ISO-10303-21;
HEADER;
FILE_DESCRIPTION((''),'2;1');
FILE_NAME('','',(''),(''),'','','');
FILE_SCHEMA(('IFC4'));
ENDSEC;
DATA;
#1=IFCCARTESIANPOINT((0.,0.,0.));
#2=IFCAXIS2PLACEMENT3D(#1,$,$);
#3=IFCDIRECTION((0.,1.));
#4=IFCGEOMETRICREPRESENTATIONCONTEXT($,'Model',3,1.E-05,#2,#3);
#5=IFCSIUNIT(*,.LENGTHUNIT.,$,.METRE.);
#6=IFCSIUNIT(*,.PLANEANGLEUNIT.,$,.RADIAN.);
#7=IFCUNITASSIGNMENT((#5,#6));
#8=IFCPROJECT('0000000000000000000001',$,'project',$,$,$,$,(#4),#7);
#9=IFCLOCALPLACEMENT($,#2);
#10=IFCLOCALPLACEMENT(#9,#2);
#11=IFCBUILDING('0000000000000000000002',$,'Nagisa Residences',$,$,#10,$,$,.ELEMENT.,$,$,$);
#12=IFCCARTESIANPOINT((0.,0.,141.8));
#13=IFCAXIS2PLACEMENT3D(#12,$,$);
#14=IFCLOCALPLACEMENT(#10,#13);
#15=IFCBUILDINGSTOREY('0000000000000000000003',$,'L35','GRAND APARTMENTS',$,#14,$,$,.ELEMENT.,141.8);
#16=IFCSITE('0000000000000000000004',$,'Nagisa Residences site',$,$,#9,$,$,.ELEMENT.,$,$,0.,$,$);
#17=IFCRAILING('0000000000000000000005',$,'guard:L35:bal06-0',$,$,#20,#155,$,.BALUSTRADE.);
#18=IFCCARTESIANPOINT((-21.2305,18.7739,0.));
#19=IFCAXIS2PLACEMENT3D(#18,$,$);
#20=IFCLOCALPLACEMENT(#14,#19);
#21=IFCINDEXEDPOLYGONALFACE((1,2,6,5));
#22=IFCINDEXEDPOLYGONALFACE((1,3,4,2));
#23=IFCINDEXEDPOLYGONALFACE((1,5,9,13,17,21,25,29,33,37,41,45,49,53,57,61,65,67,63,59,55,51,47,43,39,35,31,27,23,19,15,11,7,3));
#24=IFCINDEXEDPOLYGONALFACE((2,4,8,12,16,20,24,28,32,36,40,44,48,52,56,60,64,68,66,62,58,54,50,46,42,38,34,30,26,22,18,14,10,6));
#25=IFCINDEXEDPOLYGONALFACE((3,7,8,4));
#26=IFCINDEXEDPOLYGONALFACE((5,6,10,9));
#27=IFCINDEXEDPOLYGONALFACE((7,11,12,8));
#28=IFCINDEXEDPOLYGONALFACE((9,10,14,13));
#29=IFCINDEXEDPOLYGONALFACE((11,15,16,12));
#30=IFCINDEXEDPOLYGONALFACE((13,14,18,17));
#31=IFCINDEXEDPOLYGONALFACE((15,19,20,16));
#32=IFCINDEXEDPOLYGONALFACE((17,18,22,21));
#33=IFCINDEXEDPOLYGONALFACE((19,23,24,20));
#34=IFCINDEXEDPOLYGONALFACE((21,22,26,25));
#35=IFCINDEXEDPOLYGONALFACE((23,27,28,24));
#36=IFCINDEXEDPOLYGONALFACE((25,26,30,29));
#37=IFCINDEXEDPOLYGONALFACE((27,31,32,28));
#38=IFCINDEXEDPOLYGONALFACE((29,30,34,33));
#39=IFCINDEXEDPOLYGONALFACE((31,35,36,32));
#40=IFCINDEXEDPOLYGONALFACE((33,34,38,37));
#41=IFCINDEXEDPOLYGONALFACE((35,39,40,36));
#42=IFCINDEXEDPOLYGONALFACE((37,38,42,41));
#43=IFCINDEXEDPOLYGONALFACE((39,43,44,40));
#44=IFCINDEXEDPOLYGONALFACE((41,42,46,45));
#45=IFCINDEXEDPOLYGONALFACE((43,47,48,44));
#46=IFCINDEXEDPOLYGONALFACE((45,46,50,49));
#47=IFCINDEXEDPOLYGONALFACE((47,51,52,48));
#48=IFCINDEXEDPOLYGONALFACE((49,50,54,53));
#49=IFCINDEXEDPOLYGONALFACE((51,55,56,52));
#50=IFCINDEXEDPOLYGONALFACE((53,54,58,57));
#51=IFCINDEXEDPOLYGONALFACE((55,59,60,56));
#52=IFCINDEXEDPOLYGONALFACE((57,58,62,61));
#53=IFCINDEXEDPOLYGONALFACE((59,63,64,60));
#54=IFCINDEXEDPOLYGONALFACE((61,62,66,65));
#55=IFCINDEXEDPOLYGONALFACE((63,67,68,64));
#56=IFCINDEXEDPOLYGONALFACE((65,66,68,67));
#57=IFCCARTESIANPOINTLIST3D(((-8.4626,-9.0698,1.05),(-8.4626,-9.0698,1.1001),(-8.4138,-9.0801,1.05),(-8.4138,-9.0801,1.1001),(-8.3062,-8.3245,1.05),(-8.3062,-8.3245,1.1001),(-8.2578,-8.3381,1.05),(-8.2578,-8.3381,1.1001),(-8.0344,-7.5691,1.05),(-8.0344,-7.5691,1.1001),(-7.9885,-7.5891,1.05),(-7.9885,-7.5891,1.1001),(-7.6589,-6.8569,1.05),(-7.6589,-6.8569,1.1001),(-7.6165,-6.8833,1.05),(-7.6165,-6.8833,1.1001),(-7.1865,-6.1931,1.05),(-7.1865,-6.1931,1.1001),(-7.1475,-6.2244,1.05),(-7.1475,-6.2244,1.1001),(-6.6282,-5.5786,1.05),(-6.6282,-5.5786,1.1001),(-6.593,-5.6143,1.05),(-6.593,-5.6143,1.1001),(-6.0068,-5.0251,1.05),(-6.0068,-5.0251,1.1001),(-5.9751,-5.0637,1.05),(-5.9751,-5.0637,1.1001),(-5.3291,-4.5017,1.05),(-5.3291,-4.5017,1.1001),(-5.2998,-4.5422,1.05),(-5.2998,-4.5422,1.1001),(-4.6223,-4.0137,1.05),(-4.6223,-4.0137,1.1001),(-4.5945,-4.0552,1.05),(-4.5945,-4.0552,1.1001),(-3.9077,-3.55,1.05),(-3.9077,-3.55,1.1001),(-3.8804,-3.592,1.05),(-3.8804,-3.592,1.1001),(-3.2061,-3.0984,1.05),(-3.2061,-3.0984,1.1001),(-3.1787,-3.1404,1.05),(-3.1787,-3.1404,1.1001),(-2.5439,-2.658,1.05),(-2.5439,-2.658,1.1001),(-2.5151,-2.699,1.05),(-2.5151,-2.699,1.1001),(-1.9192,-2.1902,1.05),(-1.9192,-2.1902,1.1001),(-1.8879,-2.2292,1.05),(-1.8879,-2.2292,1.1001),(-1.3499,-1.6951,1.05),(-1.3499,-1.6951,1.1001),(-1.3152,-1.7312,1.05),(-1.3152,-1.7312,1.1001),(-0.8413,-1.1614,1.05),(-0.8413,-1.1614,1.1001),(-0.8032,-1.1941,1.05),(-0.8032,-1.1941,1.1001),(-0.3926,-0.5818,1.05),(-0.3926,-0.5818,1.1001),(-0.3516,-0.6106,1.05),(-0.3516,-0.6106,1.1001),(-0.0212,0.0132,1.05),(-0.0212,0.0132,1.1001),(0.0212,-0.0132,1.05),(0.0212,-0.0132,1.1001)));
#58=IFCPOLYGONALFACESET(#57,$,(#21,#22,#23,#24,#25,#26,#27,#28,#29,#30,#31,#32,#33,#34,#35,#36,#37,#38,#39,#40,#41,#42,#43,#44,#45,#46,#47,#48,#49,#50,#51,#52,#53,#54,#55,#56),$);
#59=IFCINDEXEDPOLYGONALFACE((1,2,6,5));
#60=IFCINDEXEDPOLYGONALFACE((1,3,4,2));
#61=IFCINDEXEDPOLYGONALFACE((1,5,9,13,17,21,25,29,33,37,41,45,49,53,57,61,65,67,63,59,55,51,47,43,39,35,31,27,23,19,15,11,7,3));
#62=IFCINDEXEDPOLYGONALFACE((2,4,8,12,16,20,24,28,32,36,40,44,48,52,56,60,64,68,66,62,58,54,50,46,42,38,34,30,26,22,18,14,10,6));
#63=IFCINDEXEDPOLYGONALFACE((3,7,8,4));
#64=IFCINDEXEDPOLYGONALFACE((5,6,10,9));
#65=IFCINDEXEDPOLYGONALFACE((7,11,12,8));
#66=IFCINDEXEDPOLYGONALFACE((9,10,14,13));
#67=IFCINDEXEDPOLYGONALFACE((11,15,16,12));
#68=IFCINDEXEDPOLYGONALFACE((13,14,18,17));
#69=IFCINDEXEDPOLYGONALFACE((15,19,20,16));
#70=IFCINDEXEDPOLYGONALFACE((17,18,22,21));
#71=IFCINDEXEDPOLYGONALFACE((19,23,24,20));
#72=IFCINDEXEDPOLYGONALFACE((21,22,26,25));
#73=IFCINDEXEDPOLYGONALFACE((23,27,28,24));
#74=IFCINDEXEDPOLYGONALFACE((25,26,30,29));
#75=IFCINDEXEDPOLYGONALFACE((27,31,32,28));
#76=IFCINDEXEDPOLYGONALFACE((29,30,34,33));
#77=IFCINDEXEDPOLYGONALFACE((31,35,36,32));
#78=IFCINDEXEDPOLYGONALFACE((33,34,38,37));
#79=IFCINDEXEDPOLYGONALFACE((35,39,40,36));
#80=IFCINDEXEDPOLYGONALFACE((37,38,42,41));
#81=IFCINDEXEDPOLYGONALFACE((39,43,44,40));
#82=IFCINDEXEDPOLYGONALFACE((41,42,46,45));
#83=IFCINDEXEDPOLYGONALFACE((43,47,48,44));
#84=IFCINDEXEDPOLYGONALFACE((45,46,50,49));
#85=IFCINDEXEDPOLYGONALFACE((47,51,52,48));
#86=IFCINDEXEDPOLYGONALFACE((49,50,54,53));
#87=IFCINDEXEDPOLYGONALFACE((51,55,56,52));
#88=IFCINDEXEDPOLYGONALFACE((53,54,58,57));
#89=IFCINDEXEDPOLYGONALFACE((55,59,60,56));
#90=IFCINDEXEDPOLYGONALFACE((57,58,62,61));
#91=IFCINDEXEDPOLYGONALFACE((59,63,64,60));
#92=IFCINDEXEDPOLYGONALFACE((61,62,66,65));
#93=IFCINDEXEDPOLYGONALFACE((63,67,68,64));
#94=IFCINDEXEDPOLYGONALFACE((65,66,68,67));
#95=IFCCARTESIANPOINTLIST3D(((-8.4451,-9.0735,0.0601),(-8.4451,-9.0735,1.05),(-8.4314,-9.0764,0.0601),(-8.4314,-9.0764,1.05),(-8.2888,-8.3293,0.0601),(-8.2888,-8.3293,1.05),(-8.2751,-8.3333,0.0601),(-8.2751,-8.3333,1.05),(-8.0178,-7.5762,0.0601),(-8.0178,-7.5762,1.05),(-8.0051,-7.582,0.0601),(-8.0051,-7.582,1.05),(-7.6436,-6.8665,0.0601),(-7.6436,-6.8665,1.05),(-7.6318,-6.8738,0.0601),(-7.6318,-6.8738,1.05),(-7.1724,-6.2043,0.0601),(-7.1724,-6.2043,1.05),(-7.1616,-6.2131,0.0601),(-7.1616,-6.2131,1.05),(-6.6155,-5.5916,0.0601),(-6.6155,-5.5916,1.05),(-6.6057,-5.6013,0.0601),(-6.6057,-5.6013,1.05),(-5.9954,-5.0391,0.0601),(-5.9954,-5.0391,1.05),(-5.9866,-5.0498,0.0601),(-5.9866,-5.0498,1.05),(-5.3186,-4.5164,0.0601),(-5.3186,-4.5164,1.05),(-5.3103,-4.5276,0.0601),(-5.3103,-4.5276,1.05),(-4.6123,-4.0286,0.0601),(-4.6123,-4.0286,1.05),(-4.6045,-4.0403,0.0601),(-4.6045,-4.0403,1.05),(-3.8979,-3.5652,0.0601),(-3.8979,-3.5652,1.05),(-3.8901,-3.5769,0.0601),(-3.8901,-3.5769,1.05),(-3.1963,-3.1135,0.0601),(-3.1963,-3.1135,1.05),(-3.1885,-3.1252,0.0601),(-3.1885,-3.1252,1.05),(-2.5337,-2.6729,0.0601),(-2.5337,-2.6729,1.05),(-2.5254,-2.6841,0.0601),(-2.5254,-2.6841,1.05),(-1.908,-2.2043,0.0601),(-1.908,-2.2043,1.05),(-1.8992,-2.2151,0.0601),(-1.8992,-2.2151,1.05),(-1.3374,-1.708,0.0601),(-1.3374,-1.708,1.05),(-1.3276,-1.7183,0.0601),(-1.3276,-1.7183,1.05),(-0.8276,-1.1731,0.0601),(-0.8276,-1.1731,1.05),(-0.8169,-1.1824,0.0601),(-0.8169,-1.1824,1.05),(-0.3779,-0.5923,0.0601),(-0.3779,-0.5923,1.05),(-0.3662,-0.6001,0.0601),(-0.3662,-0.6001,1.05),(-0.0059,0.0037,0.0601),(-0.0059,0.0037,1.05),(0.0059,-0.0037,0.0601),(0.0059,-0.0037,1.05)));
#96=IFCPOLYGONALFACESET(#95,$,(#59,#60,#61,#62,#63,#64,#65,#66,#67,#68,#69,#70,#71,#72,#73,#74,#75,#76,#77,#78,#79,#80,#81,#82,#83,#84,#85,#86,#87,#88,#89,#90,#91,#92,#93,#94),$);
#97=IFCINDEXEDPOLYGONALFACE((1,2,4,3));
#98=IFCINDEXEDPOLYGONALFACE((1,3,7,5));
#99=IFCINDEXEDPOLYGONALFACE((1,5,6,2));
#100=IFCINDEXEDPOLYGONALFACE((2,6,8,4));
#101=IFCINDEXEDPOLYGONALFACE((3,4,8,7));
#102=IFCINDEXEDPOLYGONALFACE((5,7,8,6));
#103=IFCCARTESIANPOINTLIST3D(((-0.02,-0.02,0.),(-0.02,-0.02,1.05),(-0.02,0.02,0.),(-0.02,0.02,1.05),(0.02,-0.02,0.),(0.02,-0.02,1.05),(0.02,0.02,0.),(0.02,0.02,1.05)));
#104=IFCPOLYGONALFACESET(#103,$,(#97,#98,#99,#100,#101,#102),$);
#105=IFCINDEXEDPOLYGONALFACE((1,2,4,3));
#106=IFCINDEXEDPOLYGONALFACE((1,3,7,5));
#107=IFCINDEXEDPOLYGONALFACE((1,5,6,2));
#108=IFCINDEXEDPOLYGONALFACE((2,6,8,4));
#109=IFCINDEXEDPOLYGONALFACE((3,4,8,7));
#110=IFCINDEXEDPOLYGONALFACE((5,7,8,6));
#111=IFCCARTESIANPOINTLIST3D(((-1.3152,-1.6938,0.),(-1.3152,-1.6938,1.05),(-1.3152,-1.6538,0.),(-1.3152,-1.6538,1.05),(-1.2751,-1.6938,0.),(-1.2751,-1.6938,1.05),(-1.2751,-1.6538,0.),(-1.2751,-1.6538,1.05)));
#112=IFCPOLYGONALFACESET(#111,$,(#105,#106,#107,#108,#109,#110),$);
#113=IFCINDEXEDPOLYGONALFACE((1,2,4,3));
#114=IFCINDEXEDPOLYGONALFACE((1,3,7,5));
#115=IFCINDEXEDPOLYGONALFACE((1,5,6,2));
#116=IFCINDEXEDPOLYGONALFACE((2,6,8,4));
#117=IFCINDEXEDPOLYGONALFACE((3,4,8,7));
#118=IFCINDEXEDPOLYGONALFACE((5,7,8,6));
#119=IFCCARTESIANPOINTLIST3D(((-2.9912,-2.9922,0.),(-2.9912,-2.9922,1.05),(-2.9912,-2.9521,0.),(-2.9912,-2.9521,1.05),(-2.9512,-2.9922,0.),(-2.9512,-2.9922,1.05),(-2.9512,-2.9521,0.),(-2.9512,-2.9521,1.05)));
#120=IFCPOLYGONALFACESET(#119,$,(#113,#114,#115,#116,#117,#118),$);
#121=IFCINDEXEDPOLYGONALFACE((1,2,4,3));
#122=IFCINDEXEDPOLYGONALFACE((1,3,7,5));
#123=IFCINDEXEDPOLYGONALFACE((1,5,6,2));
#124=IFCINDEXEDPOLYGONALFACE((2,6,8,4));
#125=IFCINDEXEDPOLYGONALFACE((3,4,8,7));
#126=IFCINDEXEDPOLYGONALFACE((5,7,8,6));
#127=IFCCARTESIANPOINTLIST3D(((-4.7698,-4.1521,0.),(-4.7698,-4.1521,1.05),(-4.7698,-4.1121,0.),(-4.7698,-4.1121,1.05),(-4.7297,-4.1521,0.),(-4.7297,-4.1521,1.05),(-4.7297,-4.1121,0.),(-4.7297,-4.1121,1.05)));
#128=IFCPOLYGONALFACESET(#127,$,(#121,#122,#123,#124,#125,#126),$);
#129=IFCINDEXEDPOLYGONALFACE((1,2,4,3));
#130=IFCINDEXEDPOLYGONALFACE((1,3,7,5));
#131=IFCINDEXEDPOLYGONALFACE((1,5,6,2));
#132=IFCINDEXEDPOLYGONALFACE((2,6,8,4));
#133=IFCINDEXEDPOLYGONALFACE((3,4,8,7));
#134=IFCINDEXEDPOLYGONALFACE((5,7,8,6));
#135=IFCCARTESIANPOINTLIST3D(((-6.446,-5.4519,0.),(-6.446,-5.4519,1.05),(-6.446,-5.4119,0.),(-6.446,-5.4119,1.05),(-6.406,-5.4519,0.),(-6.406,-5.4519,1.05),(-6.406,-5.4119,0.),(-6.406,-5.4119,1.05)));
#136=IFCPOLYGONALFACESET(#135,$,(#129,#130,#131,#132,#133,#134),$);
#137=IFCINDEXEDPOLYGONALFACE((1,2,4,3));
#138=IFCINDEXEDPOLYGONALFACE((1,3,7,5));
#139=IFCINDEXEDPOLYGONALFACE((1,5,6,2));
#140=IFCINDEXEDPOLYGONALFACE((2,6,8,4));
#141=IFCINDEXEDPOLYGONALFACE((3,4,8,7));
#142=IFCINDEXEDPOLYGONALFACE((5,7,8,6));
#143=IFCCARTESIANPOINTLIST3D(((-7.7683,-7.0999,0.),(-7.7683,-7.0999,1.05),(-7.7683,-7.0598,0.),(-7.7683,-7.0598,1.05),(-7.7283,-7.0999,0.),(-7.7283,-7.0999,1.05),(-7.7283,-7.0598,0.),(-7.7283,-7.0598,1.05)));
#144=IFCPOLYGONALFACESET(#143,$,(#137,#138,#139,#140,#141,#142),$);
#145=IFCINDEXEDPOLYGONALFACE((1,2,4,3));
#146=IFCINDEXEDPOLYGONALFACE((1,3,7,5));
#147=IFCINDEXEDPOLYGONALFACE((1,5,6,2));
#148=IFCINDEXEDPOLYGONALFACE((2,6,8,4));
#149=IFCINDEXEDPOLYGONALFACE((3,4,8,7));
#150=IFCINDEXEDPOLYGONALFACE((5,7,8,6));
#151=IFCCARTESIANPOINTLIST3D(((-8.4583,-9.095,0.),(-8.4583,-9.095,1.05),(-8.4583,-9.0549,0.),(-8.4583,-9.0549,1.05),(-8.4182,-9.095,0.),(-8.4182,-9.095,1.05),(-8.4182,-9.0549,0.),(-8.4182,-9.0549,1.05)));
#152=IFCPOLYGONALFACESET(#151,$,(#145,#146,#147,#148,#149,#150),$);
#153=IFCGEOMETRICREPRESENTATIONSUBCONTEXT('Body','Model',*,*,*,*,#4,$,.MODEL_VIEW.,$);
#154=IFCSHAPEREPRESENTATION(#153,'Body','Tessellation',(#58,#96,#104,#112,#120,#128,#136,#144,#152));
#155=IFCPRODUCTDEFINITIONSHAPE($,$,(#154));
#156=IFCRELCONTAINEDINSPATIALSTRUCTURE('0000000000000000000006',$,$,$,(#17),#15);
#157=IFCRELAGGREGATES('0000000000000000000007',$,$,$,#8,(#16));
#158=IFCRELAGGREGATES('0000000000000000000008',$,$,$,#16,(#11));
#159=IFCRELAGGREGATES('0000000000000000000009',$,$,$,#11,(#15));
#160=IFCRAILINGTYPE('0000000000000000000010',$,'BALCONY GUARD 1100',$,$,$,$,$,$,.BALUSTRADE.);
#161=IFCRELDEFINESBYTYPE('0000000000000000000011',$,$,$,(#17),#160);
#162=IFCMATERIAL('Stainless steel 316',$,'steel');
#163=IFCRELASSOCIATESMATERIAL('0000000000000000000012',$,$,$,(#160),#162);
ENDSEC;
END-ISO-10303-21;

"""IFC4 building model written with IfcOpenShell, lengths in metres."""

from ifc_helpers import new_model, si_unit, direction, frame, origin, origin_2d, place, context, subcontext, project, spatial, polyline, rectangle, outline, extrude, material, type_object, element, save


model = new_model("IFC4")

# Units and contexts
model_context = context("Model", 3, precision=1e-05, world=origin(), true_north=direction((0.0, 1.0)))
body_context = subcontext(model_context, "Body", "Model", "MODEL_VIEW")
ifc_project = project(units=[si_unit("LENGTHUNIT", "METRE"), si_unit("PLANEANGLEUNIT", "RADIAN")], contexts=[model_context])

# Site, building, storey
site_placement = place(None, origin())
site = spatial("IfcSite", under=ifc_project, at=site_placement, Name="Nagisa Residences site", CompositionType="ELEMENT", RefElevation=0.0)
building_placement = place(site_placement, origin())
building = spatial("IfcBuilding", under=site, at=building_placement, Name="Nagisa Residences", CompositionType="ELEMENT")
storey_placement = place(building_placement, frame((0.0, 0.0, 141.8)))
storey = spatial("IfcBuildingStorey", under=building, at=storey_placement, Name="L35", Description="GRAND APARTMENTS", CompositionType="ELEMENT", Elevation=141.8)

# Railing
ifc_material_1 = material(Name="Stainless steel 316", Category="steel")
railing_type = type_object("IfcRailingType", Name="BALCONY GUARD 1100", PredefinedType="BALUSTRADE", material=ifc_material_1)
railing_1_placement = place(storey_placement, frame((-21.2305, 18.7739, 0.0)))
element("IfcRailing", 1, at=railing_1_placement, inside=storey, type_object=railing_type, Name="guard:L35:bal06-0", PredefinedType="BALUSTRADE", context=body_context, shape_type="SweptSolid", body=[
    extrude(outline(polyline([(-0.3516, -0.6106), (0.0212, -0.0132), (-0.0212, 0.0132), (-0.3926, -0.5818), (-0.8413, -1.1614), (-1.3499, -1.6951), (-1.9192, -2.1902), (-2.5439, -2.658), (-3.2061, -3.0984), (-3.9077, -3.55), (-4.6223, -4.0137), (-5.3291, -4.5017), (-6.0068, -5.0251), (-6.6282, -5.5786), (-7.1865, -6.1931), (-7.6589, -6.8569), (-8.0344, -7.5691), (-8.3062, -8.3245), (-8.4626, -9.0698), (-8.4138, -9.0801), (-8.2578, -8.3381), (-7.9885, -7.5891), (-7.6165, -6.8833), (-7.1475, -6.2244), (-6.593, -5.6143), (-5.9751, -5.0637), (-5.2998, -4.5422), (-4.5945, -4.0552), (-3.8804, -3.592), (-3.1787, -3.1404), (-2.5151, -2.699), (-1.8879, -2.2292), (-1.3152, -1.7312), (-0.8032, -1.1941), (-0.3516, -0.6106)])), frame((0.0, 0.0, 1.05)), (0.0, 0.0, 1.0), 0.05),
    extrude(outline(polyline([(-0.3662, -0.6001), (0.0059, -0.0037), (-0.0059, 0.0037), (-0.3779, -0.5923), (-0.8276, -1.1731), (-1.3374, -1.708), (-1.908, -2.2043), (-2.5337, -2.6729), (-3.1963, -3.1135), (-3.8979, -3.5652), (-4.6123, -4.0286), (-5.3186, -4.5164), (-5.9954, -5.0391), (-6.6155, -5.5916), (-7.1724, -6.2043), (-7.6436, -6.8665), (-8.0178, -7.5762), (-8.2888, -8.3293), (-8.4451, -9.0735), (-8.4314, -9.0764), (-8.2751, -8.3333), (-8.0051, -7.582), (-7.6318, -6.8738), (-7.1616, -6.2131), (-6.6057, -5.6013), (-5.9866, -5.0498), (-5.3103, -4.5276), (-4.6045, -4.0403), (-3.8901, -3.5769), (-3.1885, -3.1252), (-2.5254, -2.6841), (-1.8992, -2.2151), (-1.3276, -1.7183), (-0.8169, -1.1824), (-0.3662, -0.6001)])), frame((0.0, 0.0, 0.0601)), (0.0, 0.0, 1.0), 0.99),
    extrude(rectangle(XDim=0.04, YDim=0.04, at=origin_2d()), origin(), (0.0, 0.0, 1.0), 1.05),
    extrude(rectangle(XDim=0.04, YDim=0.04, at=origin_2d()), frame((-1.2952, -1.6738, 0.0)), (0.0, 0.0, 1.0), 1.05),
    extrude(rectangle(XDim=0.04, YDim=0.04, at=origin_2d()), frame((-2.9712, -2.9722, 0.0)), (0.0, 0.0, 1.0), 1.05),
    extrude(rectangle(XDim=0.04, YDim=0.04, at=origin_2d()), frame((-4.7498, -4.1321, 0.0)), (0.0, 0.0, 1.0), 1.05),
    extrude(rectangle(XDim=0.04, YDim=0.04, at=origin_2d()), frame((-6.426, -5.4319, 0.0)), (0.0, 0.0, 1.0), 1.05),
    extrude(rectangle(XDim=0.04, YDim=0.04, at=origin_2d()), frame((-7.7483, -7.0798, 0.0)), (0.0, 0.0, 1.0), 1.05),
    extrude(rectangle(XDim=0.04, YDim=0.04, at=origin_2d()), frame((-8.4382, -9.075, 0.0)), (0.0, 0.0, 1.0), 1.05),
])

save(model, "model.ifc")
